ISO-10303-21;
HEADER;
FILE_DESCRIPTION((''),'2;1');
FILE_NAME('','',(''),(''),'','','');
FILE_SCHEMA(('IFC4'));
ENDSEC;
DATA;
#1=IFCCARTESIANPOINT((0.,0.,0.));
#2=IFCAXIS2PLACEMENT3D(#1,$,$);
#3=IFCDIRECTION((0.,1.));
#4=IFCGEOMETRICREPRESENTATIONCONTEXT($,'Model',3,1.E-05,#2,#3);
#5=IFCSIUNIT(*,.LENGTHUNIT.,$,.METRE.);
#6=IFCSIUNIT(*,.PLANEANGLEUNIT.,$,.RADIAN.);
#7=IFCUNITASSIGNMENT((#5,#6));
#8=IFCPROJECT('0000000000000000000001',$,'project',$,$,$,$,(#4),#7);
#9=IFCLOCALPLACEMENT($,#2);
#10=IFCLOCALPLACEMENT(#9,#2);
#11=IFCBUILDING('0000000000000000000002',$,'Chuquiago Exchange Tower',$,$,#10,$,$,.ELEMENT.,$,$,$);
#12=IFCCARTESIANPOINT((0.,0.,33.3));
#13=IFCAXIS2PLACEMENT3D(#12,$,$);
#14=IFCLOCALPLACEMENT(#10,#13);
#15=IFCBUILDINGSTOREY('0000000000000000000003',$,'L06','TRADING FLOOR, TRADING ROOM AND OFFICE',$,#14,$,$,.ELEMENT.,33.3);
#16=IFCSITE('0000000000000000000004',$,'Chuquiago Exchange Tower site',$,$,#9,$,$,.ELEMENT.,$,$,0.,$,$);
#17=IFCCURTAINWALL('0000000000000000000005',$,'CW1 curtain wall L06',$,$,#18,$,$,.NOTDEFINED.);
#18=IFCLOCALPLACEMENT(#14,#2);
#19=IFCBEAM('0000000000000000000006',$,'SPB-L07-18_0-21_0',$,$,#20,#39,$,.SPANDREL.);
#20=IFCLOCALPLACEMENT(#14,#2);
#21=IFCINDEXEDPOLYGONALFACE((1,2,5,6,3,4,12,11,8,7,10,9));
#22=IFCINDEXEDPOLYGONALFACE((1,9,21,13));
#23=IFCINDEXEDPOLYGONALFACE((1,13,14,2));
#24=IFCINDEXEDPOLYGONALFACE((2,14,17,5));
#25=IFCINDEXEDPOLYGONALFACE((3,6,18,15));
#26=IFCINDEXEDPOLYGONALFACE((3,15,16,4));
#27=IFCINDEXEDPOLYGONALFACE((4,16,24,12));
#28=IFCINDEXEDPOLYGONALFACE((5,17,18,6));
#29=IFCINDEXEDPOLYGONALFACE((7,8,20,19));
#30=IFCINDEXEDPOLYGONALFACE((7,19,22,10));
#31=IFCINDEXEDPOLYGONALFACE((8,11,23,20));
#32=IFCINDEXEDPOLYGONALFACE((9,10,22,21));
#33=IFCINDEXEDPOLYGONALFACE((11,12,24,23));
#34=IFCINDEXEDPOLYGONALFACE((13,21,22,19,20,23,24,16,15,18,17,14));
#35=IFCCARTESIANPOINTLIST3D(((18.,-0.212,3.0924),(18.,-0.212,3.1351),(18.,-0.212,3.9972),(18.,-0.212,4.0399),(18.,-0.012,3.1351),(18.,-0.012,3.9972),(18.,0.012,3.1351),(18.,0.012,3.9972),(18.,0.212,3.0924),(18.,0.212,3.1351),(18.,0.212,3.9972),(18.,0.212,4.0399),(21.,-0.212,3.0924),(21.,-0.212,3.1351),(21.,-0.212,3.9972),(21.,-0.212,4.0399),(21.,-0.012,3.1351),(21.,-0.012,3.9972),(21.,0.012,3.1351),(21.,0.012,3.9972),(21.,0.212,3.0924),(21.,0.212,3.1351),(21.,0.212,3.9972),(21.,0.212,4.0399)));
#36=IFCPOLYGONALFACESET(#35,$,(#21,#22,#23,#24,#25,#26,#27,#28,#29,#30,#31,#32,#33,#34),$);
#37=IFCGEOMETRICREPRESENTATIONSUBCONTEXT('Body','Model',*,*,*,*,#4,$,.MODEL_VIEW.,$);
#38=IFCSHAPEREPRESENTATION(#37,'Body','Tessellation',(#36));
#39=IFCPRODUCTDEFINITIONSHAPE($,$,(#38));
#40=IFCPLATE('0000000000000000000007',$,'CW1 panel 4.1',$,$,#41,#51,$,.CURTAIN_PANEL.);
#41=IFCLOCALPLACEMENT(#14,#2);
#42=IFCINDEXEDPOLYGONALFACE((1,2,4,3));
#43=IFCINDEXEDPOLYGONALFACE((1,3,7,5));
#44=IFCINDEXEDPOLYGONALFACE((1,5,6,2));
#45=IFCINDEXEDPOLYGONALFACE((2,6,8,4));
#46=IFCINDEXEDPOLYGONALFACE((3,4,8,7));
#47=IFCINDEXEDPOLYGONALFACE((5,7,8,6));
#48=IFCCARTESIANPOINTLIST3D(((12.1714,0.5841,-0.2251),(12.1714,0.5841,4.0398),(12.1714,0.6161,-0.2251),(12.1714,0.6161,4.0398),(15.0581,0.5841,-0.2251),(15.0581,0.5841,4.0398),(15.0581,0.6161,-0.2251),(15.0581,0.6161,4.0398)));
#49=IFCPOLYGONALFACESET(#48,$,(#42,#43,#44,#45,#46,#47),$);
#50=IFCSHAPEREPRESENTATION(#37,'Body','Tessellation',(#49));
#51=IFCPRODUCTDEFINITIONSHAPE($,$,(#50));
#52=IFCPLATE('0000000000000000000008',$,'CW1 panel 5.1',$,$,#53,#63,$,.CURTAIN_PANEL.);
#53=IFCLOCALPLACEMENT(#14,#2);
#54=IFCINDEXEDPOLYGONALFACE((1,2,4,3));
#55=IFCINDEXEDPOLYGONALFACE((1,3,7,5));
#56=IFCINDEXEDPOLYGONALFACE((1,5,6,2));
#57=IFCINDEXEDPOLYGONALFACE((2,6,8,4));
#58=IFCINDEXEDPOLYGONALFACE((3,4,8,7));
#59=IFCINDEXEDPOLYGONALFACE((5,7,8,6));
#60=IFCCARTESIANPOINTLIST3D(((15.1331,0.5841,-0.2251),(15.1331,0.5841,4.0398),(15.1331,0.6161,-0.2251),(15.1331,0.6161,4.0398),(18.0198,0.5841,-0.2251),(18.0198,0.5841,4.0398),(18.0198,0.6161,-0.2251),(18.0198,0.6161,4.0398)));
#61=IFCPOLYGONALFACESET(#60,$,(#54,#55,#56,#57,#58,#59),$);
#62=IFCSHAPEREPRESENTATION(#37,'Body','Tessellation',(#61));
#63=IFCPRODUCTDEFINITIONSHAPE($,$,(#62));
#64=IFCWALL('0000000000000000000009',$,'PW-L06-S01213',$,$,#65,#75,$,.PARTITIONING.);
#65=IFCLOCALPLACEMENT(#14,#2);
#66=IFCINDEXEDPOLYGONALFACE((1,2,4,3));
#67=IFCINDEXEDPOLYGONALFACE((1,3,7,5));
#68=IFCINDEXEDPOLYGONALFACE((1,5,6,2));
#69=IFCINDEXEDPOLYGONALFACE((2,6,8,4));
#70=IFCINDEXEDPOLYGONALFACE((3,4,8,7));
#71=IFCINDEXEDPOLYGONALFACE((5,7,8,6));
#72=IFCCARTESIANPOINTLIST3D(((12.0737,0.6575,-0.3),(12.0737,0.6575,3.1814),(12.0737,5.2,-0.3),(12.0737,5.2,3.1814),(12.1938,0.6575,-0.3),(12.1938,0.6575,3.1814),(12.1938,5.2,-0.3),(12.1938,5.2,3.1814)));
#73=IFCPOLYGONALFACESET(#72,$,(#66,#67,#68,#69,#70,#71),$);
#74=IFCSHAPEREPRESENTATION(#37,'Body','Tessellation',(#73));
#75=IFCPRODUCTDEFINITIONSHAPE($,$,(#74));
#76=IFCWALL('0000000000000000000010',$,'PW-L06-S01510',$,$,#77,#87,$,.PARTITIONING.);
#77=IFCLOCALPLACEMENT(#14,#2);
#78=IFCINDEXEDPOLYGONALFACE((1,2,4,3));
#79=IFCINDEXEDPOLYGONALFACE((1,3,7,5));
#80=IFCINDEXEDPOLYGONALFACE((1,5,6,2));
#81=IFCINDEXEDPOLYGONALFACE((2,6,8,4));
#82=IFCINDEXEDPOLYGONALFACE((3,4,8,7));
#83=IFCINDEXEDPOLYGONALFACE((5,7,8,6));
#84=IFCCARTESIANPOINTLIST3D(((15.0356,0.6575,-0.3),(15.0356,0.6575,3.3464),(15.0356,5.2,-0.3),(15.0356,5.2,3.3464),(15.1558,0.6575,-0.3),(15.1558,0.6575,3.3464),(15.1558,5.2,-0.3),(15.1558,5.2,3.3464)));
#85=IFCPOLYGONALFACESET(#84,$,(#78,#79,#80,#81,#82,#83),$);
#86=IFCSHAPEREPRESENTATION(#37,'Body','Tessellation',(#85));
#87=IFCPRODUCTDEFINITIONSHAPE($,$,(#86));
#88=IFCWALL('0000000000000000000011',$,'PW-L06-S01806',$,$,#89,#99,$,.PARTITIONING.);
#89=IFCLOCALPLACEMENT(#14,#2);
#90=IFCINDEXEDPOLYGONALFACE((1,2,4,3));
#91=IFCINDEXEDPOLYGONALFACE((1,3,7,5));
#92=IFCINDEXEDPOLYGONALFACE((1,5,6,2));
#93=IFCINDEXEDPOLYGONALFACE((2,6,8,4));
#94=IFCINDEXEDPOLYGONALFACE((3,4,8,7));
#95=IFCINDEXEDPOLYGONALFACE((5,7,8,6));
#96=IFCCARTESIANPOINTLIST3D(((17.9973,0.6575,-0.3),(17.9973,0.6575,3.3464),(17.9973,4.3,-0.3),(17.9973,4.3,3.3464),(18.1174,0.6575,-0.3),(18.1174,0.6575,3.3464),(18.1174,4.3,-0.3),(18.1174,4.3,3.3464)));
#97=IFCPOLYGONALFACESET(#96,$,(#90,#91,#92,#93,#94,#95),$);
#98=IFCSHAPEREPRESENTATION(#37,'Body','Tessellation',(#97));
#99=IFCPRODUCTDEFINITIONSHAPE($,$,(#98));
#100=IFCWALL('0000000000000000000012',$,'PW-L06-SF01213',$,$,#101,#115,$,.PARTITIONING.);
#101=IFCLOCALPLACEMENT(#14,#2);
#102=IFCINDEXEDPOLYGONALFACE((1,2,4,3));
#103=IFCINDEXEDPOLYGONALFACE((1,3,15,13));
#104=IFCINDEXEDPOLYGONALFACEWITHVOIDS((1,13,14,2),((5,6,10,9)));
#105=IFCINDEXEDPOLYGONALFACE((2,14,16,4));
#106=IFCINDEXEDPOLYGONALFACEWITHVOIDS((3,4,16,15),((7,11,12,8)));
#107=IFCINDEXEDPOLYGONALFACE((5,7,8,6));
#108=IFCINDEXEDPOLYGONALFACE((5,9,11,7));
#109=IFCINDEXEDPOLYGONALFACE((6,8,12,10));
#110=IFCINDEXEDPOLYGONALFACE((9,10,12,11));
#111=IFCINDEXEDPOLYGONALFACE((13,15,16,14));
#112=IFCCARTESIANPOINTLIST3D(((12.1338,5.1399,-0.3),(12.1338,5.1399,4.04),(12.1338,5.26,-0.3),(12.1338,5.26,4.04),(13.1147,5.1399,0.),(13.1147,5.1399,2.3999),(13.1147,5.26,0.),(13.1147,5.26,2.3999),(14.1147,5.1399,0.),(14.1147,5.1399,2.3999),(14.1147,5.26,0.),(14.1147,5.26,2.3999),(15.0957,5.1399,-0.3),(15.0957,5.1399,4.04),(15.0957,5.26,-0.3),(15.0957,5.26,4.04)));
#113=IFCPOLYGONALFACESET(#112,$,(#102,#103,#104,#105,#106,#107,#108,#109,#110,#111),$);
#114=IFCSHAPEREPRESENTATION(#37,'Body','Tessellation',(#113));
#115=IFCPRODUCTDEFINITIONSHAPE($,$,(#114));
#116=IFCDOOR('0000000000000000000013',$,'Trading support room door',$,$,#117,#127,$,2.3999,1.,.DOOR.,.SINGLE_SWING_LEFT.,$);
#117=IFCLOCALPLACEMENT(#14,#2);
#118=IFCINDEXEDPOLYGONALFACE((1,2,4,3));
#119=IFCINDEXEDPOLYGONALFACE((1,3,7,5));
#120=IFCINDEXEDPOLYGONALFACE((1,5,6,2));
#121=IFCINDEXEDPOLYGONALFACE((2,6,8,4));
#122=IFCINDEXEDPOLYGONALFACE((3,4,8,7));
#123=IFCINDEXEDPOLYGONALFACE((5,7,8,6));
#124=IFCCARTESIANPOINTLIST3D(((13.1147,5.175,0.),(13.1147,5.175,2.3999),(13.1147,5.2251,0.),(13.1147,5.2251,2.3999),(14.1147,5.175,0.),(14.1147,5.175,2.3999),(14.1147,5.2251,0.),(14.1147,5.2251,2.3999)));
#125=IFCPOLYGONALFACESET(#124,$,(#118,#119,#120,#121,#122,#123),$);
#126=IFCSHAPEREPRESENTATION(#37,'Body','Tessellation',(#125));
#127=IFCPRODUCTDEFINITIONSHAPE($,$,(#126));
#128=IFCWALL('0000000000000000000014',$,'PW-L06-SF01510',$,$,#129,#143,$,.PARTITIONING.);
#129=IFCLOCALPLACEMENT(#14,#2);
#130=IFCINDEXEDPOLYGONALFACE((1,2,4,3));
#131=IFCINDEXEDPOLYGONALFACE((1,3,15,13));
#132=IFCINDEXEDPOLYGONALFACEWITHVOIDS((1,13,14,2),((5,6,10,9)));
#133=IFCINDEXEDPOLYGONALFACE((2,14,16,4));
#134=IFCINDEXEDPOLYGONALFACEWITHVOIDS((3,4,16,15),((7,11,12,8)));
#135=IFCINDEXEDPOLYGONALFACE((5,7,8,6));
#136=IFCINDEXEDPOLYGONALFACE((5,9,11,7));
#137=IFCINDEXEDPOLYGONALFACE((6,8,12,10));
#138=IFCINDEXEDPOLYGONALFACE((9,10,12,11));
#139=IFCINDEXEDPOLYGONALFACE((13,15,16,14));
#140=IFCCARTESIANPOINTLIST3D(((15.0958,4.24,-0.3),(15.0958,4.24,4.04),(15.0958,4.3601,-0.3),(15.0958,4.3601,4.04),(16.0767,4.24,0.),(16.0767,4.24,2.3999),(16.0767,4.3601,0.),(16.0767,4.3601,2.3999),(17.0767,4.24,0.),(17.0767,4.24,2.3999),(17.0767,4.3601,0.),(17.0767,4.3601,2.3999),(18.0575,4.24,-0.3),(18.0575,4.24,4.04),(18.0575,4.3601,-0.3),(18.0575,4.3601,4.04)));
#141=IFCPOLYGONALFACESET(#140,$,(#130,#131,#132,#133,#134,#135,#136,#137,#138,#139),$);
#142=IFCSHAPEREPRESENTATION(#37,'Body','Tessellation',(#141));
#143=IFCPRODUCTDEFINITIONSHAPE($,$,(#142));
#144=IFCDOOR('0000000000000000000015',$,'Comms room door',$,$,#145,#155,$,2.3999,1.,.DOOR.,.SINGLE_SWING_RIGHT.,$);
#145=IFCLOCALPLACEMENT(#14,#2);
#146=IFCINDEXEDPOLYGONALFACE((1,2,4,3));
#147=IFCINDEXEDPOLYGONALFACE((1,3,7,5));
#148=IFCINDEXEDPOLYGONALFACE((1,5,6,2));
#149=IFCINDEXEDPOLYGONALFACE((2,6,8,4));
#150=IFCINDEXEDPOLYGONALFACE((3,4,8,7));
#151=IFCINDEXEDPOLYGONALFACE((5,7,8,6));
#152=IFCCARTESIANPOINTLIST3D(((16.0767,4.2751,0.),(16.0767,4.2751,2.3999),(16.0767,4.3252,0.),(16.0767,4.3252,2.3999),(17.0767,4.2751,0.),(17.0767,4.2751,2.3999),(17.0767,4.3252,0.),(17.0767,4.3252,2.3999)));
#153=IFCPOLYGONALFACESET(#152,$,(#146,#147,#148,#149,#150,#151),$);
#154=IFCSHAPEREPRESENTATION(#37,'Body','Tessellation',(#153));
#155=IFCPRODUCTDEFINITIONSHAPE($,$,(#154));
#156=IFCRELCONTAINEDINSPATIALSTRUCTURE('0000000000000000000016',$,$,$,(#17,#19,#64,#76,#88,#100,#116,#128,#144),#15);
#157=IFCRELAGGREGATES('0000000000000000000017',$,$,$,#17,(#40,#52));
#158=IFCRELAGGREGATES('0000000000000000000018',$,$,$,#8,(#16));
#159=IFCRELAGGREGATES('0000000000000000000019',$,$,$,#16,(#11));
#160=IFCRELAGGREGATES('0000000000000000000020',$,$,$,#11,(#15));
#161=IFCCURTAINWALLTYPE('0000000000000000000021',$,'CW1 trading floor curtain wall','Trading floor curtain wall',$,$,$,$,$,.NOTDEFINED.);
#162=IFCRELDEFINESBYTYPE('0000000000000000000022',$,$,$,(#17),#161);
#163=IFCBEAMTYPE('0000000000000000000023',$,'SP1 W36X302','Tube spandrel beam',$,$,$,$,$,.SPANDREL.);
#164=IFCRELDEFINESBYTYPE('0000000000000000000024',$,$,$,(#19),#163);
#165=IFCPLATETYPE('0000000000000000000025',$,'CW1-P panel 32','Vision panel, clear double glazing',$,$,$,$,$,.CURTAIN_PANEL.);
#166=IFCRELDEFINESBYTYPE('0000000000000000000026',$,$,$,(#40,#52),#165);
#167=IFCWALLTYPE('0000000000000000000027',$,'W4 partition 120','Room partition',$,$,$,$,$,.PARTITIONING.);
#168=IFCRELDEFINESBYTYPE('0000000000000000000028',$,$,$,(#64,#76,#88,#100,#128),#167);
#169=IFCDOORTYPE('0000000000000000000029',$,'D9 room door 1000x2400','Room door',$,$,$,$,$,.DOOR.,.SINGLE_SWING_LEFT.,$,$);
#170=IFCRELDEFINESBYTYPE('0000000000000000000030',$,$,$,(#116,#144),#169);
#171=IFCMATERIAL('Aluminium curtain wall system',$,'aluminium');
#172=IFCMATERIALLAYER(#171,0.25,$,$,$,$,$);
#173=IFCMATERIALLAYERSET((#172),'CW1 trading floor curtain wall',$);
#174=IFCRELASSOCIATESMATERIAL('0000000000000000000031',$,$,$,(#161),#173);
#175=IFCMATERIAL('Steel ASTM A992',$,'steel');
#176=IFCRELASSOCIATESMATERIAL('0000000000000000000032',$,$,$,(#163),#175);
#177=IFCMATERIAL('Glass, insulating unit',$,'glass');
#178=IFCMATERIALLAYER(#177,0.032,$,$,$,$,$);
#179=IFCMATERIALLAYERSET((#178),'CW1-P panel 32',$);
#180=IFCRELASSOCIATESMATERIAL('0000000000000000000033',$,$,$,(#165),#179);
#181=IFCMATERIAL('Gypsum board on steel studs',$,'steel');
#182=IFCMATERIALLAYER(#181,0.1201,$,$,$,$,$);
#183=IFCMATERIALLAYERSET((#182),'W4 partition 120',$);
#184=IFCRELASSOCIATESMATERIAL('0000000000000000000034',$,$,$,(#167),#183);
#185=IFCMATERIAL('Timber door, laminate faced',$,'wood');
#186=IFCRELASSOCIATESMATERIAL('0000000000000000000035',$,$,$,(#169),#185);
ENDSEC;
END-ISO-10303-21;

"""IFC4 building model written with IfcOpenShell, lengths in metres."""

from ifc_helpers import new_model, si_unit, direction, frame, frame_2d, origin, origin_2d, place, context, subcontext, project, spatial, rectangle, i_section, extrude, material, layer, layer_set, material_profile, profile_set, type_object, element, fill, aggregate, save


model = new_model("IFC4")

# Units and contexts
model_context = context("Model", 3, precision=1e-05, world=origin(), true_north=direction((0.0, 1.0)))
body_context = subcontext(model_context, "Body", "Model", "MODEL_VIEW")
ifc_project = project(units=[si_unit("LENGTHUNIT", "METRE"), si_unit("PLANEANGLEUNIT", "RADIAN")], contexts=[model_context])

# Site, building, storey
site_placement = place(None, origin())
site = spatial("IfcSite", under=ifc_project, at=site_placement, Name="Chuquiago Exchange Tower site", CompositionType="ELEMENT", RefElevation=0.0)
building_placement = place(site_placement, origin())
building = spatial("IfcBuilding", under=site, at=building_placement, Name="Chuquiago Exchange Tower", CompositionType="ELEMENT")
storey_placement = place(building_placement, frame((0.0, 0.0, 33.3)))
storey = spatial("IfcBuildingStorey", under=building, at=storey_placement, Name="L06", Description="TRADING FLOOR, TRADING ROOM AND OFFICE", CompositionType="ELEMENT", Elevation=33.3)

# Curtain wall
ifc_material_1 = material(Name="Aluminium curtain wall system", Category="aluminium")
ifc_layer_1 = layer(ifc_material_1, 0.25)
ifc_layer_set_1 = layer_set([ifc_layer_1], Name="CW1 trading floor curtain wall")
curtain_wall_type = type_object("IfcCurtainWallType", Name="CW1 trading floor curtain wall", Description="Trading floor curtain wall", PredefinedType="NOTDEFINED", material=ifc_layer_set_1)
curtain_wall_placement = place(storey_placement, origin())
curtain_wall = element("IfcCurtainWall", 1, at=curtain_wall_placement, inside=storey, type_object=curtain_wall_type, Name="CW1 curtain wall L06", PredefinedType="NOTDEFINED")

# Beam
ifc_material_2 = material(Name="Steel ASTM A992", Category="steel")
ifc_material_profile_1 = material_profile(ifc_material_2, i_section(OverallWidth=0.4241, OverallDepth=0.9475, WebThickness=0.0239, FlangeThickness=0.0427, at=origin_2d()), Name="W36X302")
ifc_profile_set_1 = profile_set([ifc_material_profile_1], Name="Steel ASTM A992")
beam_type_1 = type_object("IfcBeamType", Name="SP1 W36X302", Description="Tube spandrel beam", PredefinedType="SPANDREL", material=ifc_profile_set_1)
for number, where, z_axis, x_axis, name in (
    (2, (18.0, 0.0, 3.5662), (1.0, 0.0, 0.0), (0.0, 1.0, 0.0), "SPB-L07-18_0-21_0"),
):
    element("IfcBeam", number, at=place(storey_placement, frame(where, z_axis=z_axis, x_axis=x_axis)), inside=storey, type_object=beam_type_1, Name=name, PredefinedType="SPANDREL", context=body_context, shape_type="SweptSolid", body=[
        extrude(i_section(OverallWidth=0.4241, OverallDepth=0.9475, WebThickness=0.0239, FlangeThickness=0.0427, at=origin_2d()), origin(), (0.0, 0.0, 1.0), 3.0),
    ])

# Plates
ifc_material_3 = material(Name="Glass, insulating unit", Category="glass")
ifc_layer_2 = layer(ifc_material_3, 0.032)
ifc_layer_set_2 = layer_set([ifc_layer_2], Name="CW1-P panel 32")
plate_type = type_object("IfcPlateType", Name="CW1-P panel 32", Description="Vision panel, clear double glazing", PredefinedType="CURTAIN_PANEL", material=ifc_layer_set_2)
plate_1_placement = place(storey_placement, frame((13.6147, 0.6001, -0.2251), z_axis=(0.0, 0.0, 1.0), x_axis=(1.0, 0.0, 0.0)))
plate_1 = element("IfcPlate", 3, at=plate_1_placement, type_object=plate_type, Name="CW1 panel 4.1", PredefinedType="CURTAIN_PANEL", context=body_context, shape_type="SweptSolid", body=[
    extrude(rectangle(XDim=2.8867, YDim=0.032, at=origin_2d()), origin(), (0.0, 0.0, 1.0), 4.2649),
])
plate_2_placement = place(storey_placement, frame((16.5764, 0.6001, -0.2251), z_axis=(0.0, 0.0, 1.0), x_axis=(1.0, 0.0, 0.0)))
plate_2 = element("IfcPlate", 4, at=plate_2_placement, type_object=plate_type, Name="CW1 panel 5.1", PredefinedType="CURTAIN_PANEL", context=body_context, shape_type="SweptSolid", body=[
    extrude(rectangle(XDim=2.8867, YDim=0.032, at=origin_2d()), origin(), (0.0, 0.0, 1.0), 4.2649),
])
aggregate(curtain_wall, [plate_1, plate_2])

# Walls
ifc_material_4 = material(Name="Gypsum board on steel studs", Category="steel")
ifc_layer_3 = layer(ifc_material_4, 0.1201)
ifc_layer_set_3 = layer_set([ifc_layer_3], Name="W4 partition 120")
wall_type = type_object("IfcWallType", Name="W4 partition 120", Description="Room partition", PredefinedType="PARTITIONING", material=ifc_layer_set_3)
wall_1_placement = place(storey_placement, frame((12.1338, 0.6575, -0.3), z_axis=(0.0, 0.0, 1.0), x_axis=(0.0, 1.0, 0.0)))
element("IfcWall", 5, at=wall_1_placement, inside=storey, type_object=wall_type, Name="PW-L06-S01213", PredefinedType="PARTITIONING", context=body_context, shape_type="SweptSolid", body=[
    extrude(rectangle(XDim=4.5425, YDim=0.1201, at=frame_2d((2.2712, 0.0))), origin(), (0.0, 0.0, 1.0), 3.4814),
])
wall_2_placement = place(storey_placement, frame((15.0957, 0.6575, -0.3), z_axis=(0.0, 0.0, 1.0), x_axis=(0.0, 1.0, 0.0)))
element("IfcWall", 6, at=wall_2_placement, inside=storey, type_object=wall_type, Name="PW-L06-S01510", PredefinedType="PARTITIONING", context=body_context, shape_type="SweptSolid", body=[
    extrude(rectangle(XDim=4.5425, YDim=0.1201, at=frame_2d((2.2712, 0.0))), origin(), (0.0, 0.0, 1.0), 3.6465),
])
wall_3_placement = place(storey_placement, frame((18.0574, 0.6575, -0.3), z_axis=(0.0, 0.0, 1.0), x_axis=(0.0, 1.0, 0.0)))
element("IfcWall", 7, at=wall_3_placement, inside=storey, type_object=wall_type, Name="PW-L06-S01806", PredefinedType="PARTITIONING", context=body_context, shape_type="SweptSolid", body=[
    extrude(rectangle(XDim=3.6426, YDim=0.1201, at=frame_2d((1.8213, 0.0))), origin(), (0.0, 0.0, 1.0), 3.6465),
])

# Walls, openings, doors
wall_4_placement = place(storey_placement, frame((12.1338, 5.2, -0.3), z_axis=(0.0, 0.0, 1.0), x_axis=(1.0, 0.0, 0.0)))
wall_4 = element("IfcWall", 8, at=wall_4_placement, inside=storey, type_object=wall_type, Name="PW-L06-SF01213", PredefinedType="PARTITIONING", context=body_context, shape_type="SweptSolid", body=[
    extrude(rectangle(XDim=2.9619, YDim=0.1201, at=frame_2d((1.481, 0.0))), origin(), (0.0, 0.0, 1.0), 4.3401),
])
opening_1_placement = place(wall_4_placement, frame((0.981, 0.0, 0.3)))
opening_1 = element("IfcOpeningElement", 9, at=opening_1_placement, cuts=wall_4, PredefinedType="OPENING", context=body_context, shape_type="SweptSolid", body=[
    extrude(rectangle(XDim=1.0, YDim=2.3999, at=frame_2d((0.5, 1.2))), frame((0.0, 0.0701, 0.0), z_axis=(0.0, -1.0, 0.0), x_axis=(1.0, 0.0, 0.0)), (0.0, 0.0, 1.0), 0.1401),
])
ifc_material_5 = material(Name="Timber door, laminate faced", Category="wood")
door_type = type_object("IfcDoorType", Name="D9 room door 1000x2400", Description="Room door", OperationType="SINGLE_SWING_LEFT", PredefinedType="DOOR", material=ifc_material_5)
door_1_placement = place(opening_1_placement, frame((1.0, 0.0, 0.0), z_axis=(0.0, 0.0, 1.0), x_axis=(-1.0, 0.0, 0.0)))
door_1 = element("IfcDoor", 10, at=door_1_placement, inside=storey, type_object=door_type, Name="Trading support room door", OperationType="SINGLE_SWING_LEFT", OverallHeight=2.3999, OverallWidth=1.0, PredefinedType="DOOR", context=body_context, shape_type="SweptSolid", body=[
    extrude(rectangle(XDim=1.0, YDim=2.3999, at=frame_2d((0.5, 1.2))), frame((0.0, 0.0249, 0.0), z_axis=(0.0, -1.0, 0.0), x_axis=(1.0, 0.0, 0.0)), (0.0, 0.0, 1.0), 0.05),
])
fill(opening_1, door_1)
wall_5_placement = place(storey_placement, frame((15.0957, 4.3, -0.3), z_axis=(0.0, 0.0, 1.0), x_axis=(1.0, 0.0, 0.0)))
wall_5 = element("IfcWall", 11, at=wall_5_placement, inside=storey, type_object=wall_type, Name="PW-L06-SF01510", PredefinedType="PARTITIONING", context=body_context, shape_type="SweptSolid", body=[
    extrude(rectangle(XDim=2.9617, YDim=0.1201, at=frame_2d((1.481, 0.0))), origin(), (0.0, 0.0, 1.0), 4.3401),
])
opening_2_placement = place(wall_5_placement, frame((0.981, 0.0, 0.3)))
opening_2 = element("IfcOpeningElement", 12, at=opening_2_placement, cuts=wall_5, PredefinedType="OPENING", context=body_context, shape_type="SweptSolid", body=[
    extrude(rectangle(XDim=1.0, YDim=2.3999, at=frame_2d((0.5, 1.2))), frame((0.0, 0.0701, 0.0), z_axis=(0.0, -1.0, 0.0), x_axis=(1.0, 0.0, 0.0)), (0.0, 0.0, 1.0), 0.1401),
])
door_2_placement = place(opening_2_placement, frame((1.0, 0.0, 0.0), z_axis=(0.0, 0.0, 1.0), x_axis=(-1.0, 0.0, 0.0)))
door_2 = element("IfcDoor", 13, at=door_2_placement, inside=storey, type_object=door_type, Name="Comms room door", OperationType="SINGLE_SWING_RIGHT", OverallHeight=2.3999, OverallWidth=1.0, PredefinedType="DOOR", context=body_context, shape_type="SweptSolid", body=[
    extrude(rectangle(XDim=1.0, YDim=2.3999, at=frame_2d((0.5, 1.2))), frame((0.0, 0.0249, 0.0), z_axis=(0.0, -1.0, 0.0), x_axis=(1.0, 0.0, 0.0)), (0.0, 0.0, 1.0), 0.05),
])
fill(opening_2, door_2)

save(model, "model.ifc")
